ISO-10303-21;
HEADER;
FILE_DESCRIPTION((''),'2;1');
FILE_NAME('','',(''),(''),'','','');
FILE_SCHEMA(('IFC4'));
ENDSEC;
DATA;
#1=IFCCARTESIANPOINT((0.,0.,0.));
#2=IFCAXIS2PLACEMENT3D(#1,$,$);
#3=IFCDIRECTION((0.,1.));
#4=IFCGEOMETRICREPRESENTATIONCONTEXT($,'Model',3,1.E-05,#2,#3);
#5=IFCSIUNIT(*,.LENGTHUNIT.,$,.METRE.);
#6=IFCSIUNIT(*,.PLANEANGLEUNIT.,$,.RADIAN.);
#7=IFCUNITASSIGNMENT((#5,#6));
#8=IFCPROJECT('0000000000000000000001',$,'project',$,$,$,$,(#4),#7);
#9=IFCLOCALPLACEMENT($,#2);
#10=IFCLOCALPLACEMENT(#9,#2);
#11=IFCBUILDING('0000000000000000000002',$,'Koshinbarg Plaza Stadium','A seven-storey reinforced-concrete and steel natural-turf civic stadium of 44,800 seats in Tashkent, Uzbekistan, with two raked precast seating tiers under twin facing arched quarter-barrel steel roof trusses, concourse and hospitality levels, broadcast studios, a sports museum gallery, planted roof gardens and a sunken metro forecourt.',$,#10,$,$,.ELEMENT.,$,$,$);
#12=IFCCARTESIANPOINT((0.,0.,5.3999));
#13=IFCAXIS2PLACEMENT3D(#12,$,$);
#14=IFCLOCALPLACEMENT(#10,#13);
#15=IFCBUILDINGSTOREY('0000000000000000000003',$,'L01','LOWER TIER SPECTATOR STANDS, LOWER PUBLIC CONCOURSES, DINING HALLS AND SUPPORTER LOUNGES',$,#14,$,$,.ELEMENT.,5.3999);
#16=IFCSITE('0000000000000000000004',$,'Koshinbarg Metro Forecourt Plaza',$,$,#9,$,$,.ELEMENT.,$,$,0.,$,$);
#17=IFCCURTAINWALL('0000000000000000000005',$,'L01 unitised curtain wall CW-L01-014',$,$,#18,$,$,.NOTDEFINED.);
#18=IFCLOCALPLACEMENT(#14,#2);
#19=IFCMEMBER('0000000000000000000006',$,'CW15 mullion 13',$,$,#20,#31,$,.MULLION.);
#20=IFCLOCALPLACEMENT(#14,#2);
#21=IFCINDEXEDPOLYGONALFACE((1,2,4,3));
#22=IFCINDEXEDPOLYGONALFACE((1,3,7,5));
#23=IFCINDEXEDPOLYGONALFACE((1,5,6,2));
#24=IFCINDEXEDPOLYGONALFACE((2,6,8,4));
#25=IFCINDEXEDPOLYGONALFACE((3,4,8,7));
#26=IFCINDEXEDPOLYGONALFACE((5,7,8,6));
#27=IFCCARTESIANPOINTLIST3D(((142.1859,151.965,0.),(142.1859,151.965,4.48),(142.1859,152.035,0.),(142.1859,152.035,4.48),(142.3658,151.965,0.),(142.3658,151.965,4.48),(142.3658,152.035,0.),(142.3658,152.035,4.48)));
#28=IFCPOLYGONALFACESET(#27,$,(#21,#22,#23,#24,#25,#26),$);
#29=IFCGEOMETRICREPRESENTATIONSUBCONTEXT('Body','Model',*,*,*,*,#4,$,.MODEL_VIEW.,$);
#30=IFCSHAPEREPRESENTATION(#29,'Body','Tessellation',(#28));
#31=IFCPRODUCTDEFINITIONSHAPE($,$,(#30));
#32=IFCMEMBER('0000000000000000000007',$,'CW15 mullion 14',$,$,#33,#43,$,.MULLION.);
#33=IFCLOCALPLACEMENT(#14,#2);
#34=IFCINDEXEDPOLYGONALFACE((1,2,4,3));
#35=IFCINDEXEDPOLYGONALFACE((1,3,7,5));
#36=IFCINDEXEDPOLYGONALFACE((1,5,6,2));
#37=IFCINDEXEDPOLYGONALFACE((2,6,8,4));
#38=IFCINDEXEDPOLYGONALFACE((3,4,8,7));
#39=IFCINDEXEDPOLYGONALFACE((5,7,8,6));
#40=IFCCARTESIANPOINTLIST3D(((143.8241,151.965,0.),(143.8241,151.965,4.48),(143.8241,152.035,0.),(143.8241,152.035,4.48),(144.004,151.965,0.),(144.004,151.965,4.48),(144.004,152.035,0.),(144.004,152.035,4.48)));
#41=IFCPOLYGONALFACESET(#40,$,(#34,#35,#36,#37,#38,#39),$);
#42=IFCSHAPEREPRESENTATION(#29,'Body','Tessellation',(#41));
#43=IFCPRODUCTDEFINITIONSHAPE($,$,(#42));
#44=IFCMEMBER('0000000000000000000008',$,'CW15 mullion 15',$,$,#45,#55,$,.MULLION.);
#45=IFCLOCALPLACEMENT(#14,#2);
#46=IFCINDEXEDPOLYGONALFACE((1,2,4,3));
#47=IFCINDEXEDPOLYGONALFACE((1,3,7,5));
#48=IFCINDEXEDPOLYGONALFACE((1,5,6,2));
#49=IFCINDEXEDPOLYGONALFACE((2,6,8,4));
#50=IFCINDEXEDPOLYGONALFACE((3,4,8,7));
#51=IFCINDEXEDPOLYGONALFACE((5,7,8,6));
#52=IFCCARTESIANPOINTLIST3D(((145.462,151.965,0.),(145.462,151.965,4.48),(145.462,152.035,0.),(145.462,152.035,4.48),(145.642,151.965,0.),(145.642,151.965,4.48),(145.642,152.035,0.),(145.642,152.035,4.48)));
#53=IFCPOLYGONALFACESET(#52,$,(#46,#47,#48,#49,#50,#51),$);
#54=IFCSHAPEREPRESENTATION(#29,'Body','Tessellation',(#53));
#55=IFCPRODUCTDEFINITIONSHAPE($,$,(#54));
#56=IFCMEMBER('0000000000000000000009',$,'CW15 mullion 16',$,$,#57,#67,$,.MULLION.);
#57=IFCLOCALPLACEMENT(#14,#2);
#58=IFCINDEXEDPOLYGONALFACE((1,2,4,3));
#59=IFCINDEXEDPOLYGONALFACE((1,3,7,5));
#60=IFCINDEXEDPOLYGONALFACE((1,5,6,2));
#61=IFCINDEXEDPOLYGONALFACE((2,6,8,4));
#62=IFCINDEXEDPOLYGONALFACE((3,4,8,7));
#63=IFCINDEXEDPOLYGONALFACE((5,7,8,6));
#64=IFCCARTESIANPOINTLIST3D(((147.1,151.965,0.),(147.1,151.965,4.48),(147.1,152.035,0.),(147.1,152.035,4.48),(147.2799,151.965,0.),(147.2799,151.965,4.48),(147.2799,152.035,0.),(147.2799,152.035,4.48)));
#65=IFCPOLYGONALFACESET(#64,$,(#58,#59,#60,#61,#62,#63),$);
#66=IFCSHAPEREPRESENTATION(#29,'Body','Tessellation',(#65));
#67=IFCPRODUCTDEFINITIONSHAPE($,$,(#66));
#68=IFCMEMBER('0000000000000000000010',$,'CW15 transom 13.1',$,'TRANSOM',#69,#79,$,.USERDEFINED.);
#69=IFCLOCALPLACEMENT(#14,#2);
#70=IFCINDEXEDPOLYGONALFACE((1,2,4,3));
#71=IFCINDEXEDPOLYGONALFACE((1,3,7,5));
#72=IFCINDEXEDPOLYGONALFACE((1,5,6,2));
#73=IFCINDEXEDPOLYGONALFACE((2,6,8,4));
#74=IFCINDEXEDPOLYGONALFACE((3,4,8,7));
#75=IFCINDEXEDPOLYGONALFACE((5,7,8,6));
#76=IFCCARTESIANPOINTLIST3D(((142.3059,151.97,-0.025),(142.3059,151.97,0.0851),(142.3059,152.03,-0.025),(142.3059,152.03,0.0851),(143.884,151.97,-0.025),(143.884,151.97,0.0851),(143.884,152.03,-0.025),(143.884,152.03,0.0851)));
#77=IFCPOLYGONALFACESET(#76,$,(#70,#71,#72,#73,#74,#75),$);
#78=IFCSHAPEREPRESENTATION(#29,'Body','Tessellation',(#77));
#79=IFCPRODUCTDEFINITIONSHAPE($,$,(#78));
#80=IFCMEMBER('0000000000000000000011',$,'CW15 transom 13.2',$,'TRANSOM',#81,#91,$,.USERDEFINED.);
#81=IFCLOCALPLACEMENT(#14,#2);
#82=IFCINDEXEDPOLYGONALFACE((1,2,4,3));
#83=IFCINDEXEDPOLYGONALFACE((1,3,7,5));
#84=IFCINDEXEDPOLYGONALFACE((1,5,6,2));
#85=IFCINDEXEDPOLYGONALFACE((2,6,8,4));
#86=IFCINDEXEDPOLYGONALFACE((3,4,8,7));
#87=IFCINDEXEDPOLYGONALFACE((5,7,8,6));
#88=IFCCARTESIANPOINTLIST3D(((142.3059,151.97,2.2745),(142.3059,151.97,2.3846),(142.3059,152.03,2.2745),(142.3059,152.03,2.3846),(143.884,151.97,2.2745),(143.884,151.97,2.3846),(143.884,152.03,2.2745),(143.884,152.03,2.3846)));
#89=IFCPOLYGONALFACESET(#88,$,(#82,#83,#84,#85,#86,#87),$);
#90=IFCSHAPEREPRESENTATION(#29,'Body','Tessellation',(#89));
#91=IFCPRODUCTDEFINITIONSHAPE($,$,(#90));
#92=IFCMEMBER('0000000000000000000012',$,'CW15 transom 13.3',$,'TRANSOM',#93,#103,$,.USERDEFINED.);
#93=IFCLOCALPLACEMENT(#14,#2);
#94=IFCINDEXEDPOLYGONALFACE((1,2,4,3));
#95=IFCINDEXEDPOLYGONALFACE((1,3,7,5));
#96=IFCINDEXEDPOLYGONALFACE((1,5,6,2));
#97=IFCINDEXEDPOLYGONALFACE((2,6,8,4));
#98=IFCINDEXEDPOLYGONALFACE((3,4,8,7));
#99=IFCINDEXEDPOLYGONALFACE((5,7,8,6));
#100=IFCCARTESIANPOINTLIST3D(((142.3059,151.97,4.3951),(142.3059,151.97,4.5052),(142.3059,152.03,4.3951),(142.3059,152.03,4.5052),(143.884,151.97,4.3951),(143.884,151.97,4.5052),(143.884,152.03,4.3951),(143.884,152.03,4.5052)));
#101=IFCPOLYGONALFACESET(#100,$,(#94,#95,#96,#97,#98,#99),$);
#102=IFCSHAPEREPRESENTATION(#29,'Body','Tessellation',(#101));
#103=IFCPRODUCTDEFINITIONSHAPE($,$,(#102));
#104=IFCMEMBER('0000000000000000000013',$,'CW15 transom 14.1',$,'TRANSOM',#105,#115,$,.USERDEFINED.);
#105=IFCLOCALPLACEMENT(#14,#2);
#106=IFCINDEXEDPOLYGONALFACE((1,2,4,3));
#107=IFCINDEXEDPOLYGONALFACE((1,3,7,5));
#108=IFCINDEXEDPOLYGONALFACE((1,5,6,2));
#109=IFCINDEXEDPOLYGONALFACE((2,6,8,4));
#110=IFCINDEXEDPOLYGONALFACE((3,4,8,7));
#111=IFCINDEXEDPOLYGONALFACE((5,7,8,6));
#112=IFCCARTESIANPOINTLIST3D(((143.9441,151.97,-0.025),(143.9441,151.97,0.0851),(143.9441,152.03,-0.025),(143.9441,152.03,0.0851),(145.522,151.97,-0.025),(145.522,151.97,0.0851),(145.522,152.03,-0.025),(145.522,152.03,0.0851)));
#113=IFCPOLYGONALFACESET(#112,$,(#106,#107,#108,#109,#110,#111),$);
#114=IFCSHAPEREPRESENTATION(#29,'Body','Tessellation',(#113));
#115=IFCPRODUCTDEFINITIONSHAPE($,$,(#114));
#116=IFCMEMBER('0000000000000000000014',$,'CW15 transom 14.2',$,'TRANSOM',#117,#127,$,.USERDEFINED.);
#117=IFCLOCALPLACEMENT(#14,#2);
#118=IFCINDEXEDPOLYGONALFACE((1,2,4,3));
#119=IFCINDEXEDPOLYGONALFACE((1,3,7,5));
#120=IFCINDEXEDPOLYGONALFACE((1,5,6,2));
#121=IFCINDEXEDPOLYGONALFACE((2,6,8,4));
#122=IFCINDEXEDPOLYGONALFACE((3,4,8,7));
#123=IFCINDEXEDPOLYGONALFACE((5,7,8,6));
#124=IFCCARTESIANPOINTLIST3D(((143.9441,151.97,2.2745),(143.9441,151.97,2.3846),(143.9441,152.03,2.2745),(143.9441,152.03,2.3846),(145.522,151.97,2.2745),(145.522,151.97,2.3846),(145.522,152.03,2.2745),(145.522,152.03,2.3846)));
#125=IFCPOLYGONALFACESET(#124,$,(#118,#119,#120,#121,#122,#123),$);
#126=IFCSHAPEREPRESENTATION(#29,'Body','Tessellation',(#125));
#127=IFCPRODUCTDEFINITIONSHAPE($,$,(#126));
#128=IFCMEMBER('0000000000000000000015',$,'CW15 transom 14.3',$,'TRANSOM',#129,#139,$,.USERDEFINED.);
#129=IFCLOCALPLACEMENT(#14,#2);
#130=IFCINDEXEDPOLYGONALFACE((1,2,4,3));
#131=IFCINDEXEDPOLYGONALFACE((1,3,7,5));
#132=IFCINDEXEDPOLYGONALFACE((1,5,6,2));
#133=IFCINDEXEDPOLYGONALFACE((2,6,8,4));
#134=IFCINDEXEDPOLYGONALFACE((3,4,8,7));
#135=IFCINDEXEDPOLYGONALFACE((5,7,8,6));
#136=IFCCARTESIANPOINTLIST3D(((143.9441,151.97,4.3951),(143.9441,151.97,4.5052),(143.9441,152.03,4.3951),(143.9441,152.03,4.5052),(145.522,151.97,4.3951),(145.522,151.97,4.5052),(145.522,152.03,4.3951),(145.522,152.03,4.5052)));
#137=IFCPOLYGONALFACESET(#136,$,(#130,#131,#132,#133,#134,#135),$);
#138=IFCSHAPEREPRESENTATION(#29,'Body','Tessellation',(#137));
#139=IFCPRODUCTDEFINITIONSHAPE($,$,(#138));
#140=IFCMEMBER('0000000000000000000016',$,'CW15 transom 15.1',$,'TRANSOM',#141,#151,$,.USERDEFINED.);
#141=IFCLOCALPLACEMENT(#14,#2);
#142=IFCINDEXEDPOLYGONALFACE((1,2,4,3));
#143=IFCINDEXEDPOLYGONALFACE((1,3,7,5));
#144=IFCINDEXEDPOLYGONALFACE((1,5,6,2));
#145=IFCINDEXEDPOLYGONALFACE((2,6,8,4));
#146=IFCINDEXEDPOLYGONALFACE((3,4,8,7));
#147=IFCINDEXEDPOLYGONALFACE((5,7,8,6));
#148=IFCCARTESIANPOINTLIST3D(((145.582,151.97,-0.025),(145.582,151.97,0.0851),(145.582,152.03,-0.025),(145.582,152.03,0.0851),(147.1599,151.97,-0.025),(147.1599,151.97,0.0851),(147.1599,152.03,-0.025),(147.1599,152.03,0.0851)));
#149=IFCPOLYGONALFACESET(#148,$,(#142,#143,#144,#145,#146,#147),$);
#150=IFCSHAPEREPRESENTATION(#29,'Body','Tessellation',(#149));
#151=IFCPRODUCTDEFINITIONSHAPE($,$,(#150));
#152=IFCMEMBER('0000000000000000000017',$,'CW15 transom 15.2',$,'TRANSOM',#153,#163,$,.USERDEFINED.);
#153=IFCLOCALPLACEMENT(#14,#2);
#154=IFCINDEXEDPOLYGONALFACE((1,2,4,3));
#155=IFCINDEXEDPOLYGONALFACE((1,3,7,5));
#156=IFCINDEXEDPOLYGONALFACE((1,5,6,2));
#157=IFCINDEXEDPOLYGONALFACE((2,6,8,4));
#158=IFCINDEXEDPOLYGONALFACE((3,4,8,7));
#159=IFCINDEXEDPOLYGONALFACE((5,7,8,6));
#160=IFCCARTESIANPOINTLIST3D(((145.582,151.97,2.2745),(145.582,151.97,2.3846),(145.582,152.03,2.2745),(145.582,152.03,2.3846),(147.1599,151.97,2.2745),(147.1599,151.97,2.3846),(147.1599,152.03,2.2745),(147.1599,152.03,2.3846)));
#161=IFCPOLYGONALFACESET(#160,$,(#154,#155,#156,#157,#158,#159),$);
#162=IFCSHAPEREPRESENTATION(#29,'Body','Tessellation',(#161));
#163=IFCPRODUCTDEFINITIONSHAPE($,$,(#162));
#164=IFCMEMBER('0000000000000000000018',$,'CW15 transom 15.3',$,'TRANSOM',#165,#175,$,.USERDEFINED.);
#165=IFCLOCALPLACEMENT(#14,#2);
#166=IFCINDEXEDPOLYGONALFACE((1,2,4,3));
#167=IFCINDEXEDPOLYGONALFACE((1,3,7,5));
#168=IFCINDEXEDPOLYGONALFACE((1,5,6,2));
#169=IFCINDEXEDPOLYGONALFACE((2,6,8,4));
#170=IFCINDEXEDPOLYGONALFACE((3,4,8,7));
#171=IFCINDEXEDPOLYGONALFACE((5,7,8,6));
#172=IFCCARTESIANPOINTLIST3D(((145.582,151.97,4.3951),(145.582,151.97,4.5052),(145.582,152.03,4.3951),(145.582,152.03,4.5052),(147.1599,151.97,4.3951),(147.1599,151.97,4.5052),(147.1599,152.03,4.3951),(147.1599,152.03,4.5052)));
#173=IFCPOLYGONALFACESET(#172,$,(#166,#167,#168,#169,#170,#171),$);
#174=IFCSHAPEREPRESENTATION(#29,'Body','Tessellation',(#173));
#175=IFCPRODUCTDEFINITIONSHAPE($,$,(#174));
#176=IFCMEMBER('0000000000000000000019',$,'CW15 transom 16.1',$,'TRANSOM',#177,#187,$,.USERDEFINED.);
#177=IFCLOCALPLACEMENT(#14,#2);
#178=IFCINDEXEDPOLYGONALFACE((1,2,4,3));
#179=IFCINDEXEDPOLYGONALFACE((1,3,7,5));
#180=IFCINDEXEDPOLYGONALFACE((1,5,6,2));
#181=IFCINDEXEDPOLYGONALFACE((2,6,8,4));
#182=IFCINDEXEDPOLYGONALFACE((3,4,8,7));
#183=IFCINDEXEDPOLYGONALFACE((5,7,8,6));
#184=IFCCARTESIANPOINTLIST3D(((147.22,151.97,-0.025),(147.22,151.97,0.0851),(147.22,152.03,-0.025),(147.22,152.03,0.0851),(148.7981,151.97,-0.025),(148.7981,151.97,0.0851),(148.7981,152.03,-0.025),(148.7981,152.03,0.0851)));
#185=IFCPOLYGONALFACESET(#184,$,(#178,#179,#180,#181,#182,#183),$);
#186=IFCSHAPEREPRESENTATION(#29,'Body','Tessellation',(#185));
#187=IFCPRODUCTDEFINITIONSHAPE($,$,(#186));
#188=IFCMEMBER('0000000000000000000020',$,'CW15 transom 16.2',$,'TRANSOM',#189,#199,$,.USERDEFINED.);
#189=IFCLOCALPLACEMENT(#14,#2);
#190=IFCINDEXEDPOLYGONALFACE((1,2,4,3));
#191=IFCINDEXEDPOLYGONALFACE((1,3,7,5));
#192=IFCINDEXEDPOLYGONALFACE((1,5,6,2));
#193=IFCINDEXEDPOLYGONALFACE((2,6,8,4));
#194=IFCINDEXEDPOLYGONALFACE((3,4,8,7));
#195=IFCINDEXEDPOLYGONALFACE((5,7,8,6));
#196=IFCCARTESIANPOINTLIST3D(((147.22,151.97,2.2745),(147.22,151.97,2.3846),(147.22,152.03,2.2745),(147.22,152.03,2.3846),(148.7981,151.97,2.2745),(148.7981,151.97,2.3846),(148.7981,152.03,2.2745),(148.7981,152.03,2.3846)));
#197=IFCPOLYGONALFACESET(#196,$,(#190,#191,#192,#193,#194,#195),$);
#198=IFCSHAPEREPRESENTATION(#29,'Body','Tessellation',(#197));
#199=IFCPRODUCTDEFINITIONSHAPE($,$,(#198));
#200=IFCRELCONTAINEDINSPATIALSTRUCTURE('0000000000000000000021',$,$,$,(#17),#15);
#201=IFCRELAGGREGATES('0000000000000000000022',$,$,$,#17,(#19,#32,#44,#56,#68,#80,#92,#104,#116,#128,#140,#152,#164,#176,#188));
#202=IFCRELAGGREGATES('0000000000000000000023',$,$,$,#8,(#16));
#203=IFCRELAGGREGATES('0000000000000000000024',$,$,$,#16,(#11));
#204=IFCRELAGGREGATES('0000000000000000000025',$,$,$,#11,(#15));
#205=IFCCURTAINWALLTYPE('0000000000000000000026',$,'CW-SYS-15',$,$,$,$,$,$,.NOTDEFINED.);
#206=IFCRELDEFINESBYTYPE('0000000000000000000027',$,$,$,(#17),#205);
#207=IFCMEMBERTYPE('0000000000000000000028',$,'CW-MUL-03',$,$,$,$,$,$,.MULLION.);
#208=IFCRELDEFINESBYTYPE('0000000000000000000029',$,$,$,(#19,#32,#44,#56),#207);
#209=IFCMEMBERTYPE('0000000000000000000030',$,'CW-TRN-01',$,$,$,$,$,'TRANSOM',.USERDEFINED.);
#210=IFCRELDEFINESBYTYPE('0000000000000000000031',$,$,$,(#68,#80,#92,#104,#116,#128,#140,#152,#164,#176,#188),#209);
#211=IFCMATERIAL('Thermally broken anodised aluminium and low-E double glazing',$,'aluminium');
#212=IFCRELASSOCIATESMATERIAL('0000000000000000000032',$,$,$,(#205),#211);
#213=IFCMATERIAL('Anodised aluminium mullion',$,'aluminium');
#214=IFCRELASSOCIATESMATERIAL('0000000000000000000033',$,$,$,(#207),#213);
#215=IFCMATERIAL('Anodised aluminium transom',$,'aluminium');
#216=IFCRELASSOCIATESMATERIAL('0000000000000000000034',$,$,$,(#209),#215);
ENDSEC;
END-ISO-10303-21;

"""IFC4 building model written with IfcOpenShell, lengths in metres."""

from ifc_helpers import new_model, si_unit, direction, frame, origin, origin_2d, place, context, subcontext, project, spatial, rectangle, extrude, material, material_profile, profile_set, type_object, element, aggregate, save


model = new_model("IFC4")

# Units and contexts
model_context = context("Model", 3, precision=1e-05, world=origin(), true_north=direction((0.0, 1.0)))
body_context = subcontext(model_context, "Body", "Model", "MODEL_VIEW")
ifc_project = project(units=[si_unit("LENGTHUNIT", "METRE"), si_unit("PLANEANGLEUNIT", "RADIAN")], contexts=[model_context])

# Site, building, storey
site_placement = place(None, origin())
site = spatial("IfcSite", under=ifc_project, at=site_placement, Name="Koshinbarg Metro Forecourt Plaza", CompositionType="ELEMENT", RefElevation=0.0)
building_placement = place(site_placement, origin())
building = spatial("IfcBuilding", under=site, at=building_placement, Name="Koshinbarg Plaza Stadium", Description="A seven-storey reinforced-concrete and steel natural-turf civic stadium of 44,800 seats in Tashkent, Uzbekistan, with two raked precast seating tiers under twin facing arched quarter-barrel steel roof trusses, concourse and hospitality levels, broadcast studios, a sports museum gallery, planted roof gardens and a sunken metro forecourt.", CompositionType="ELEMENT")
storey_placement = place(building_placement, frame((0.0, 0.0, 5.3999)))
storey = spatial("IfcBuildingStorey", under=building, at=storey_placement, Name="L01", Description="LOWER TIER SPECTATOR STANDS, LOWER PUBLIC CONCOURSES, DINING HALLS AND SUPPORTER LOUNGES", CompositionType="ELEMENT", Elevation=5.3999)

# Curtain wall, members
ifc_material_1 = material(Name="Thermally broken anodised aluminium and low-E double glazing", Category="aluminium")
curtain_wall_type = type_object("IfcCurtainWallType", Name="CW-SYS-15", PredefinedType="NOTDEFINED", material=ifc_material_1)
curtain_wall_placement = place(storey_placement, origin())
curtain_wall = element("IfcCurtainWall", 1, at=curtain_wall_placement, inside=storey, type_object=curtain_wall_type, Name="L01 unitised curtain wall CW-L01-014", PredefinedType="NOTDEFINED")
ifc_material_2 = material(Name="Anodised aluminium mullion", Category="aluminium")
ifc_material_profile_1 = material_profile(ifc_material_2, rectangle(XDim=0.0701, YDim=0.1799, at=origin_2d()), Name="ALU 70x180")
ifc_profile_set_1 = profile_set([ifc_material_profile_1], Name="Anodised aluminium mullion")
member_type_1 = type_object("IfcMemberType", Name="CW-MUL-03", PredefinedType="MULLION", material=ifc_profile_set_1)
member_1_placement = place(storey_placement, frame((142.2759, 152.0, 0.0), z_axis=(0.0, 0.0, 1.0), x_axis=(0.0, 1.0, 0.0)))
member_1 = element("IfcMember", 2, at=member_1_placement, type_object=member_type_1, Name="CW15 mullion 13", PredefinedType="MULLION", context=body_context, shape_type="SweptSolid", body=[
    extrude(rectangle(XDim=0.0701, YDim=0.1799, at=origin_2d()), origin(), (0.0, 0.0, 1.0), 4.48),
])
member_2_placement = place(storey_placement, frame((143.9141, 152.0, 0.0), z_axis=(0.0, 0.0, 1.0), x_axis=(0.0, 1.0, 0.0)))
member_2 = element("IfcMember", 3, at=member_2_placement, type_object=member_type_1, Name="CW15 mullion 14", PredefinedType="MULLION", context=body_context, shape_type="SweptSolid", body=[
    extrude(rectangle(XDim=0.0701, YDim=0.1799, at=origin_2d()), origin(), (0.0, 0.0, 1.0), 4.48),
])
member_3_placement = place(storey_placement, frame((145.552, 152.0, 0.0), z_axis=(0.0, 0.0, 1.0), x_axis=(0.0, 1.0, 0.0)))
member_3 = element("IfcMember", 4, at=member_3_placement, type_object=member_type_1, Name="CW15 mullion 15", PredefinedType="MULLION", context=body_context, shape_type="SweptSolid", body=[
    extrude(rectangle(XDim=0.0701, YDim=0.1799, at=origin_2d()), origin(), (0.0, 0.0, 1.0), 4.48),
])
member_4_placement = place(storey_placement, frame((147.1899, 152.0, 0.0), z_axis=(0.0, 0.0, 1.0), x_axis=(0.0, 1.0, 0.0)))
member_4 = element("IfcMember", 5, at=member_4_placement, type_object=member_type_1, Name="CW15 mullion 16", PredefinedType="MULLION", context=body_context, shape_type="SweptSolid", body=[
    extrude(rectangle(XDim=0.0701, YDim=0.1799, at=origin_2d()), origin(), (0.0, 0.0, 1.0), 4.48),
])
ifc_material_3 = material(Name="Anodised aluminium transom", Category="aluminium")
ifc_material_profile_2 = material_profile(ifc_material_3, rectangle(XDim=0.0601, YDim=0.1101, at=origin_2d()), Name="ALU 60x110")
ifc_profile_set_2 = profile_set([ifc_material_profile_2], Name="Anodised aluminium transom")
member_type_2 = type_object("IfcMemberType", Name="CW-TRN-01", ElementType="TRANSOM", PredefinedType="USERDEFINED", material=ifc_profile_set_2)
member_5_placement = place(storey_placement, frame((142.3059, 152.0, 0.03), z_axis=(1.0, 0.0, 0.0), x_axis=(0.0, 1.0, 0.0)))
member_5 = element("IfcMember", 6, at=member_5_placement, type_object=member_type_2, Name="CW15 transom 13.1", ObjectType="TRANSOM", PredefinedType="USERDEFINED", context=body_context, shape_type="SweptSolid", body=[
    extrude(rectangle(XDim=0.0601, YDim=0.1101, at=origin_2d()), origin(), (0.0, 0.0, 1.0), 1.5781),
])
member_6_placement = place(storey_placement, frame((142.3059, 152.0, 2.3296), z_axis=(1.0, 0.0, 0.0), x_axis=(0.0, 1.0, 0.0)))
member_6 = element("IfcMember", 7, at=member_6_placement, type_object=member_type_2, Name="CW15 transom 13.2", ObjectType="TRANSOM", PredefinedType="USERDEFINED", context=body_context, shape_type="SweptSolid", body=[
    extrude(rectangle(XDim=0.0601, YDim=0.1101, at=origin_2d()), origin(), (0.0, 0.0, 1.0), 1.5781),
])
member_7_placement = place(storey_placement, frame((142.3059, 152.0, 4.4502), z_axis=(1.0, 0.0, 0.0), x_axis=(0.0, 1.0, 0.0)))
member_7 = element("IfcMember", 8, at=member_7_placement, type_object=member_type_2, Name="CW15 transom 13.3", ObjectType="TRANSOM", PredefinedType="USERDEFINED", context=body_context, shape_type="SweptSolid", body=[
    extrude(rectangle(XDim=0.0601, YDim=0.1101, at=origin_2d()), origin(), (0.0, 0.0, 1.0), 1.5781),
])
member_8_placement = place(storey_placement, frame((143.9441, 152.0, 0.03), z_axis=(1.0, 0.0, 0.0), x_axis=(0.0, 1.0, 0.0)))
member_8 = element("IfcMember", 9, at=member_8_placement, type_object=member_type_2, Name="CW15 transom 14.1", ObjectType="TRANSOM", PredefinedType="USERDEFINED", context=body_context, shape_type="SweptSolid", body=[
    extrude(rectangle(XDim=0.0601, YDim=0.1101, at=origin_2d()), origin(), (0.0, 0.0, 1.0), 1.5779),
])
member_9_placement = place(storey_placement, frame((143.9441, 152.0, 2.3296), z_axis=(1.0, 0.0, 0.0), x_axis=(0.0, 1.0, 0.0)))
member_9 = element("IfcMember", 10, at=member_9_placement, type_object=member_type_2, Name="CW15 transom 14.2", ObjectType="TRANSOM", PredefinedType="USERDEFINED", context=body_context, shape_type="SweptSolid", body=[
    extrude(rectangle(XDim=0.0601, YDim=0.1101, at=origin_2d()), origin(), (0.0, 0.0, 1.0), 1.5779),
])
member_10_placement = place(storey_placement, frame((143.9441, 152.0, 4.4502), z_axis=(1.0, 0.0, 0.0), x_axis=(0.0, 1.0, 0.0)))
member_10 = element("IfcMember", 11, at=member_10_placement, type_object=member_type_2, Name="CW15 transom 14.3", ObjectType="TRANSOM", PredefinedType="USERDEFINED", context=body_context, shape_type="SweptSolid", body=[
    extrude(rectangle(XDim=0.0601, YDim=0.1101, at=origin_2d()), origin(), (0.0, 0.0, 1.0), 1.5779),
])
member_11_placement = place(storey_placement, frame((145.582, 152.0, 0.03), z_axis=(1.0, 0.0, 0.0), x_axis=(0.0, 1.0, 0.0)))
member_11 = element("IfcMember", 12, at=member_11_placement, type_object=member_type_2, Name="CW15 transom 15.1", ObjectType="TRANSOM", PredefinedType="USERDEFINED", context=body_context, shape_type="SweptSolid", body=[
    extrude(rectangle(XDim=0.0601, YDim=0.1101, at=origin_2d()), origin(), (0.0, 0.0, 1.0), 1.5779),
])
member_12_placement = place(storey_placement, frame((145.582, 152.0, 2.3296), z_axis=(1.0, 0.0, 0.0), x_axis=(0.0, 1.0, 0.0)))
member_12 = element("IfcMember", 13, at=member_12_placement, type_object=member_type_2, Name="CW15 transom 15.2", ObjectType="TRANSOM", PredefinedType="USERDEFINED", context=body_context, shape_type="SweptSolid", body=[
    extrude(rectangle(XDim=0.0601, YDim=0.1101, at=origin_2d()), origin(), (0.0, 0.0, 1.0), 1.5779),
])
member_13_placement = place(storey_placement, frame((145.582, 152.0, 4.4502), z_axis=(1.0, 0.0, 0.0), x_axis=(0.0, 1.0, 0.0)))
member_13 = element("IfcMember", 14, at=member_13_placement, type_object=member_type_2, Name="CW15 transom 15.3", ObjectType="TRANSOM", PredefinedType="USERDEFINED", context=body_context, shape_type="SweptSolid", body=[
    extrude(rectangle(XDim=0.0601, YDim=0.1101, at=origin_2d()), origin(), (0.0, 0.0, 1.0), 1.5779),
])
member_14_placement = place(storey_placement, frame((147.22, 152.0, 0.03), z_axis=(1.0, 0.0, 0.0), x_axis=(0.0, 1.0, 0.0)))
member_14 = element("IfcMember", 15, at=member_14_placement, type_object=member_type_2, Name="CW15 transom 16.1", ObjectType="TRANSOM", PredefinedType="USERDEFINED", context=body_context, shape_type="SweptSolid", body=[
    extrude(rectangle(XDim=0.0601, YDim=0.1101, at=origin_2d()), origin(), (0.0, 0.0, 1.0), 1.5781),
])
member_15_placement = place(storey_placement, frame((147.22, 152.0, 2.3296), z_axis=(1.0, 0.0, 0.0), x_axis=(0.0, 1.0, 0.0)))
member_15 = element("IfcMember", 16, at=member_15_placement, type_object=member_type_2, Name="CW15 transom 16.2", ObjectType="TRANSOM", PredefinedType="USERDEFINED", context=body_context, shape_type="SweptSolid", body=[
    extrude(rectangle(XDim=0.0601, YDim=0.1101, at=origin_2d()), origin(), (0.0, 0.0, 1.0), 1.5781),
])
aggregate(curtain_wall, [member_1, member_2, member_3, member_4, member_5, member_6, member_7, member_8, member_9, member_10, member_11, member_12, member_13, member_14, member_15])

save(model, "model.ifc")
